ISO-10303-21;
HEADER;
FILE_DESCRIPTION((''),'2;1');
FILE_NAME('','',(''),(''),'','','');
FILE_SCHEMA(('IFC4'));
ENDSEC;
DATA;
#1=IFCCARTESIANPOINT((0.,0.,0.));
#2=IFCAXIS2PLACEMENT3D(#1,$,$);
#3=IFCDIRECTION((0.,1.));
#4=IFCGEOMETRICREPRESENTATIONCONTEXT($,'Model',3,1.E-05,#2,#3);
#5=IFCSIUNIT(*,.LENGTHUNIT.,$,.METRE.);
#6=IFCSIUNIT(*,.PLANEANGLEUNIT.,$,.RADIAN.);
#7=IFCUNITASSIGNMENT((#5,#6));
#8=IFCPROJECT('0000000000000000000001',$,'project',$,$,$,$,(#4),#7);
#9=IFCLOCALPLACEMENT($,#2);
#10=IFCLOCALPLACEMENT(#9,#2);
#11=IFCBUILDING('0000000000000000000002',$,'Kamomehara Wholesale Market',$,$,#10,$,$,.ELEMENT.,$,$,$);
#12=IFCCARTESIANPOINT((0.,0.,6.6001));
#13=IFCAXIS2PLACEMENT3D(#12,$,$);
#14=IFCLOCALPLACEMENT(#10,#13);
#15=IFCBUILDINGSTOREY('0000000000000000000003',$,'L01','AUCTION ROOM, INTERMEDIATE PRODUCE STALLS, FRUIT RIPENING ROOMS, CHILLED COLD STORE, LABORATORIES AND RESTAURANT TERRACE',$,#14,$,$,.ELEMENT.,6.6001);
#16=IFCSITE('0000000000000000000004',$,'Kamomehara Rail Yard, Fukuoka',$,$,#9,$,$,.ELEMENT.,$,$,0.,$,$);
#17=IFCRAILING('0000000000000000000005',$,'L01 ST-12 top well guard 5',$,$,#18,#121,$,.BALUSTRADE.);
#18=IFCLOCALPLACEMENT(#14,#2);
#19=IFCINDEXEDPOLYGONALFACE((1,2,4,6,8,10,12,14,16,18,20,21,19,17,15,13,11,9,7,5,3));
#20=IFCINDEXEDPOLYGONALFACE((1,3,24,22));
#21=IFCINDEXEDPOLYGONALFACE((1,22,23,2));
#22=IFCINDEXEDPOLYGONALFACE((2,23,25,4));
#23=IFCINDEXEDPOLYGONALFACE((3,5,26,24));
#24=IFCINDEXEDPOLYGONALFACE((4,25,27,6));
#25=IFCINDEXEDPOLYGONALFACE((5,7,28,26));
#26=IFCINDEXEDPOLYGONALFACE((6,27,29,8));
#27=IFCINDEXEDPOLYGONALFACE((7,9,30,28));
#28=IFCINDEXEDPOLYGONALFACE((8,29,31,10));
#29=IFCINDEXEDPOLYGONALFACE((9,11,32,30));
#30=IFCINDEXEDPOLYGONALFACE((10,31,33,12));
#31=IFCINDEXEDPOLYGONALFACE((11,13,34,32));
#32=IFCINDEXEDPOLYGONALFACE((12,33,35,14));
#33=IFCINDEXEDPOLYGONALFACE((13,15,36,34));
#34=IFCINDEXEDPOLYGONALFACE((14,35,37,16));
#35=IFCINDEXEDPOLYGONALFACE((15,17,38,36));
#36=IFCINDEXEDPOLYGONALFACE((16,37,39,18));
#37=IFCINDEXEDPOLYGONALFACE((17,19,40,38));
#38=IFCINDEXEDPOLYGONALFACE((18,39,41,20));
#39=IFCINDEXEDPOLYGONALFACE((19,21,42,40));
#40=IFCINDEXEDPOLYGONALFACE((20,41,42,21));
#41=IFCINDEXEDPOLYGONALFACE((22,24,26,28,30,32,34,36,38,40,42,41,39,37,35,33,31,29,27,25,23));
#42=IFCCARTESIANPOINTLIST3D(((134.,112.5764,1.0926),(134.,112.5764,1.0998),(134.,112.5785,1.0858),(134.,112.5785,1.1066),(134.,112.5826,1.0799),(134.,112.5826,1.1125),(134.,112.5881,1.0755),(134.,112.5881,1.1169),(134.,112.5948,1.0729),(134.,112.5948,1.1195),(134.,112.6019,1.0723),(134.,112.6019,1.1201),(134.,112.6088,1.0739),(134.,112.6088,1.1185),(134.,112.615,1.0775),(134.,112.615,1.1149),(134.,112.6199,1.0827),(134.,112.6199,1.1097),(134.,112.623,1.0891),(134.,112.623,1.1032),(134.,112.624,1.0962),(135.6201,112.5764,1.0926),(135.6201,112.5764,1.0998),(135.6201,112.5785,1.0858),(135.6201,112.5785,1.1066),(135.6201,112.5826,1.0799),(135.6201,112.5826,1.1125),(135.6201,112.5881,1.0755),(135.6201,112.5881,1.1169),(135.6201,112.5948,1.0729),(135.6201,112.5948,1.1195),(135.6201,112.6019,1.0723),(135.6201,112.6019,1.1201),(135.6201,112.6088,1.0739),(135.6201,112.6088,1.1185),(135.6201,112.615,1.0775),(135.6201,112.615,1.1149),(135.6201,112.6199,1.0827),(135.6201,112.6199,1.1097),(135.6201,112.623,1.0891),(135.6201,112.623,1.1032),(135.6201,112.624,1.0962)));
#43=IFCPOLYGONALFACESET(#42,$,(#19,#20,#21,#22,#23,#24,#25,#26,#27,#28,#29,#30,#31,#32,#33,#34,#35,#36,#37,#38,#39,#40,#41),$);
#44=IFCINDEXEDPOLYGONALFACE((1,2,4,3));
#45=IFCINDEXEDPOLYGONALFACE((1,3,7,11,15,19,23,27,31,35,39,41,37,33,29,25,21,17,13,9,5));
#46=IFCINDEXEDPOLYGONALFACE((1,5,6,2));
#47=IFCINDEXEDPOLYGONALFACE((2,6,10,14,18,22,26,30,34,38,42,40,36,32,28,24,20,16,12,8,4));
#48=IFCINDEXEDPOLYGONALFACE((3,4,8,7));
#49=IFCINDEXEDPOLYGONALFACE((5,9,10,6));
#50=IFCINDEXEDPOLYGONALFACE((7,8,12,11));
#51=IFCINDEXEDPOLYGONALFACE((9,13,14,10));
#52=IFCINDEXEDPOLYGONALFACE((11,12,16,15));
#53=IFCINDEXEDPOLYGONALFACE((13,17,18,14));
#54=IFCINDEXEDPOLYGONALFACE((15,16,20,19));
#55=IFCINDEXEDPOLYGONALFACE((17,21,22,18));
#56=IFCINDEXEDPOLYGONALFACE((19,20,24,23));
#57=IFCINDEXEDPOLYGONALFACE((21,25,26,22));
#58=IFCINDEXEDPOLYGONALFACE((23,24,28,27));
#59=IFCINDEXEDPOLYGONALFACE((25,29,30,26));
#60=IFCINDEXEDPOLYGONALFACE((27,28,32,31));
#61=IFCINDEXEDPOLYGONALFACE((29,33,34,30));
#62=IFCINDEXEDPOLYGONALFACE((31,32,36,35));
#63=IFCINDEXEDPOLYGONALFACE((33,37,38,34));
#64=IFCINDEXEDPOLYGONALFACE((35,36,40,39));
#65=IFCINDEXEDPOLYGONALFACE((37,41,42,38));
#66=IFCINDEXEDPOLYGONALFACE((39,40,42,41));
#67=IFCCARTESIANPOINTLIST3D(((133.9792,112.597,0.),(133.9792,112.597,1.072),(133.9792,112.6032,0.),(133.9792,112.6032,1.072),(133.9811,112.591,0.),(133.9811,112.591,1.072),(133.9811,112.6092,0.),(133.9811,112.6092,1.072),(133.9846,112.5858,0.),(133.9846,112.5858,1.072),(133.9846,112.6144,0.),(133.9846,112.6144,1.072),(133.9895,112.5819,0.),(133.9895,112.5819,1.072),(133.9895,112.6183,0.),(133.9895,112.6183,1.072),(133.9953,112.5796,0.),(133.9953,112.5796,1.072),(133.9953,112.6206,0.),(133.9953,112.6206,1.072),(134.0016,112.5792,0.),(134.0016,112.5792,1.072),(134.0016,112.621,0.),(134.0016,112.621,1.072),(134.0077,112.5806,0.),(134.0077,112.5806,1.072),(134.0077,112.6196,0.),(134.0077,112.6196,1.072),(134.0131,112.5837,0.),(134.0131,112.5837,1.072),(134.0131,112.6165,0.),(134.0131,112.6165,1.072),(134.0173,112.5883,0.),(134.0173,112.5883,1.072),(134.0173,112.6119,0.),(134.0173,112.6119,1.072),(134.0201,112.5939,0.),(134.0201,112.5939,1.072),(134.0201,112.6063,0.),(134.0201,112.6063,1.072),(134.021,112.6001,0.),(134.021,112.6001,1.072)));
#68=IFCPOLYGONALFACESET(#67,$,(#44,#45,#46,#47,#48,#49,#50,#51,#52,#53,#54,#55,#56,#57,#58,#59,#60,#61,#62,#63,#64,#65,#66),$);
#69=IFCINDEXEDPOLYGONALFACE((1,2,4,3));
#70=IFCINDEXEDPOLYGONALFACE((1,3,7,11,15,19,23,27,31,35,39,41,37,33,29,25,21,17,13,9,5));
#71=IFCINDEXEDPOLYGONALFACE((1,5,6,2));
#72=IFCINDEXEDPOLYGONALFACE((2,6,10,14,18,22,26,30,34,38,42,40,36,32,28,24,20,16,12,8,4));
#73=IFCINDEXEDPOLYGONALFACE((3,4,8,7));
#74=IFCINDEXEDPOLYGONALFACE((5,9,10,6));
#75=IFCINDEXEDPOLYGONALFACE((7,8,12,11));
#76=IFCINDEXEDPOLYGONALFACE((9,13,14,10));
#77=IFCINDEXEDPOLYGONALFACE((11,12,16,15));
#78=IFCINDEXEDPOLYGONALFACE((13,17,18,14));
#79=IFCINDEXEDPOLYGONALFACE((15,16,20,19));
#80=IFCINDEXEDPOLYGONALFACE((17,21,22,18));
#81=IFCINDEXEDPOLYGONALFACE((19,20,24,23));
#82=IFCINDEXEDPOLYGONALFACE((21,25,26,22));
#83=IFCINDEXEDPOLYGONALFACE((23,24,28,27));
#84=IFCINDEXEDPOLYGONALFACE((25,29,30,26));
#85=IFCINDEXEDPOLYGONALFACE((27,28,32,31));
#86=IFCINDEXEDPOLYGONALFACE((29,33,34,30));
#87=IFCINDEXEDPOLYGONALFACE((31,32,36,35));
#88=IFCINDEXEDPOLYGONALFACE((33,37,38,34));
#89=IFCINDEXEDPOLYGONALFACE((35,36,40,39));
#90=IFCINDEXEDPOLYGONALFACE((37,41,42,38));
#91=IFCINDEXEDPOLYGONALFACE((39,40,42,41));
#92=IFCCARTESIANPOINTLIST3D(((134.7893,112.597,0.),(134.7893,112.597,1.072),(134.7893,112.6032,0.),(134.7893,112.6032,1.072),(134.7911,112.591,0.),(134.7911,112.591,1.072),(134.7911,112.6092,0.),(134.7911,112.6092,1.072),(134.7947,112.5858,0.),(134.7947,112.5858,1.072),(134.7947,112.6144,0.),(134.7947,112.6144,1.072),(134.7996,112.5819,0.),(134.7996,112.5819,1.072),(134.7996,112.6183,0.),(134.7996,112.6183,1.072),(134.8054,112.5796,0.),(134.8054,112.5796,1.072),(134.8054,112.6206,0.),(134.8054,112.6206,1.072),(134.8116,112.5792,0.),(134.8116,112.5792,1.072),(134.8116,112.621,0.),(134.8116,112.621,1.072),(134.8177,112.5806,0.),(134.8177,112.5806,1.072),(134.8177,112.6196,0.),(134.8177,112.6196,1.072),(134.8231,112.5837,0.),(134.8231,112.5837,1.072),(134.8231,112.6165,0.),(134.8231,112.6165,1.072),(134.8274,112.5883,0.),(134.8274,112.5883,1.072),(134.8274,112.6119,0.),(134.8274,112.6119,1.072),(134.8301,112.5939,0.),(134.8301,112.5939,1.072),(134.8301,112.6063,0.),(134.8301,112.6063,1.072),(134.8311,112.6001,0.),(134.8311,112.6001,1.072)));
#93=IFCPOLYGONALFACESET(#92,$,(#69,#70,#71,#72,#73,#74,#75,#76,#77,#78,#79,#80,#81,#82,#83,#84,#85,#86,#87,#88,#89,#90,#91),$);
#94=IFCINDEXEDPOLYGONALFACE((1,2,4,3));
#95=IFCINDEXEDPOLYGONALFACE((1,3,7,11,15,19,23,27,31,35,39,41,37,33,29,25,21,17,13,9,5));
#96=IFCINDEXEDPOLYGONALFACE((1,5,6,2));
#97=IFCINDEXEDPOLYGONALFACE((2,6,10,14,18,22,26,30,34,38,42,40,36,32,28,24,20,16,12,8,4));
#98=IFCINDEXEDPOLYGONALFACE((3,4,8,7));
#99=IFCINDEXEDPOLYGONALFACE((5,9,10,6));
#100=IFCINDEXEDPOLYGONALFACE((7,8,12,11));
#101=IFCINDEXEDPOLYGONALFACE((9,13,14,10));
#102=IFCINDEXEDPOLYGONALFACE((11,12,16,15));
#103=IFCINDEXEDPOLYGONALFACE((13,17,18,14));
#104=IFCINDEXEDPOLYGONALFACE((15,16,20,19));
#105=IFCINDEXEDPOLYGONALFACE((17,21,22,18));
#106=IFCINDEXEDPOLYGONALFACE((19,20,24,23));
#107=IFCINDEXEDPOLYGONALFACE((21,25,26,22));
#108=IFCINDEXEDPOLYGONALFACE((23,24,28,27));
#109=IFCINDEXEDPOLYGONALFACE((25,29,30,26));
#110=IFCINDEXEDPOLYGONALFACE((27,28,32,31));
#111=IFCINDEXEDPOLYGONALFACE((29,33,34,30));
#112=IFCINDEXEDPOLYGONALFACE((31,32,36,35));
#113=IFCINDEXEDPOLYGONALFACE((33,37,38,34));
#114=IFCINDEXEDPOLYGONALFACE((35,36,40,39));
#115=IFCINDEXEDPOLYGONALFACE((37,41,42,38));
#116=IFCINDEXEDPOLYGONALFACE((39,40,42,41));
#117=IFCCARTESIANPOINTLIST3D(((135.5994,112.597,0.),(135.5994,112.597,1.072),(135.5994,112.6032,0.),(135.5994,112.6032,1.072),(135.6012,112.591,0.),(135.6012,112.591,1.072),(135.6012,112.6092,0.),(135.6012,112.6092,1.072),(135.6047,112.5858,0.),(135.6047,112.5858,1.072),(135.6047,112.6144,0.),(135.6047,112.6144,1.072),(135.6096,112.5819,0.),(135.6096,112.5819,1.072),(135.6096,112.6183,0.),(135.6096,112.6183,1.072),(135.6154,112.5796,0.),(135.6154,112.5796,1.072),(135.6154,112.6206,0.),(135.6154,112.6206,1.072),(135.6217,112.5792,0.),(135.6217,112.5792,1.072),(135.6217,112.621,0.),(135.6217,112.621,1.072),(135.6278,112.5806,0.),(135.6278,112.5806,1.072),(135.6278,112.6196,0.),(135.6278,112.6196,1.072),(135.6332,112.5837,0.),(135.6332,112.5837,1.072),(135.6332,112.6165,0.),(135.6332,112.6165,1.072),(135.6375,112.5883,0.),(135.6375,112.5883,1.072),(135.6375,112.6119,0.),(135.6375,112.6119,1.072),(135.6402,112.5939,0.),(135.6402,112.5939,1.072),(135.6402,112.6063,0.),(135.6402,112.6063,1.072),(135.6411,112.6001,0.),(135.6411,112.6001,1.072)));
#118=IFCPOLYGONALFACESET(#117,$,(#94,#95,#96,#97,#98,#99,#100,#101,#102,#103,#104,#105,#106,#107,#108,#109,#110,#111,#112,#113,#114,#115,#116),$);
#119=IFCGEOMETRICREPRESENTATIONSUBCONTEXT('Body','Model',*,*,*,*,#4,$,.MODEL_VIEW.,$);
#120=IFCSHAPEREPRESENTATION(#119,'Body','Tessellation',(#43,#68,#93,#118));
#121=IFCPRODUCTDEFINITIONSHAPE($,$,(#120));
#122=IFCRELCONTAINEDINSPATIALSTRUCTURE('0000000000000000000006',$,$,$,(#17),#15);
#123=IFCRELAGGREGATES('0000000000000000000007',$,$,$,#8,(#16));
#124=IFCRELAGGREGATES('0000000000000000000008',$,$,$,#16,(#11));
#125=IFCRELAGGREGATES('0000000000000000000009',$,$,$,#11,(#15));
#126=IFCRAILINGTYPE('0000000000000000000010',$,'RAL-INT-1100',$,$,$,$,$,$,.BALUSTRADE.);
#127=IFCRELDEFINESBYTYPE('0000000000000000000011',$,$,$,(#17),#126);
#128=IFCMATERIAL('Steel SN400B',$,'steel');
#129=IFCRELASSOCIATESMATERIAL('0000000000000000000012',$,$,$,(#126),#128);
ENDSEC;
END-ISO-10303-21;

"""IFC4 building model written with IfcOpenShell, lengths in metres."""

from ifc_helpers import new_model, si_unit, direction, frame, origin, origin_2d, place, context, subcontext, project, spatial, circle, extrude, material, type_object, element, save


model = new_model("IFC4")

# Units and contexts
model_context = context("Model", 3, precision=1e-05, world=origin(), true_north=direction((0.0, 1.0)))
body_context = subcontext(model_context, "Body", "Model", "MODEL_VIEW")
ifc_project = project(units=[si_unit("LENGTHUNIT", "METRE"), si_unit("PLANEANGLEUNIT", "RADIAN")], contexts=[model_context])

# Site, building, storey
site_placement = place(None, origin())
site = spatial("IfcSite", under=ifc_project, at=site_placement, Name="Kamomehara Rail Yard, Fukuoka", CompositionType="ELEMENT", RefElevation=0.0)
building_placement = place(site_placement, origin())
building = spatial("IfcBuilding", under=site, at=building_placement, Name="Kamomehara Wholesale Market", CompositionType="ELEMENT")
storey_placement = place(building_placement, frame((0.0, 0.0, 6.6001)))
storey = spatial("IfcBuildingStorey", under=building, at=storey_placement, Name="L01", Description="AUCTION ROOM, INTERMEDIATE PRODUCE STALLS, FRUIT RIPENING ROOMS, CHILLED COLD STORE, LABORATORIES AND RESTAURANT TERRACE", CompositionType="ELEMENT", Elevation=6.6001)

# Railing
ifc_material_1 = material(Name="Steel SN400B", Category="steel")
railing_type = type_object("IfcRailingType", Name="RAL-INT-1100", PredefinedType="BALUSTRADE", material=ifc_material_1)
railing_1_placement = place(storey_placement, frame((134.0, 112.6001, 0.0)))
element("IfcRailing", 1, at=railing_1_placement, inside=storey, type_object=railing_type, Name="L01 ST-12 top well guard 5", PredefinedType="BALUSTRADE", context=body_context, shape_type="SweptSolid", body=[
    extrude(circle(Radius=0.0239, at=origin_2d()), frame((0.0, 0.0, 1.0962), z_axis=(1.0, 0.0, 0.0), x_axis=(0.0, 1.0, 0.0)), (0.0, 0.0, 1.0), 1.6201),
    extrude(circle(Radius=0.021, at=origin_2d()), origin(), (0.0, 0.0, 1.0), 1.072),
    extrude(circle(Radius=0.021, at=origin_2d()), frame((0.8101, 0.0, 0.0)), (0.0, 0.0, 1.0), 1.072),
    extrude(circle(Radius=0.021, at=origin_2d()), frame((1.6201, 0.0, 0.0)), (0.0, 0.0, 1.0), 1.072),
])

save(model, "model.ifc")
